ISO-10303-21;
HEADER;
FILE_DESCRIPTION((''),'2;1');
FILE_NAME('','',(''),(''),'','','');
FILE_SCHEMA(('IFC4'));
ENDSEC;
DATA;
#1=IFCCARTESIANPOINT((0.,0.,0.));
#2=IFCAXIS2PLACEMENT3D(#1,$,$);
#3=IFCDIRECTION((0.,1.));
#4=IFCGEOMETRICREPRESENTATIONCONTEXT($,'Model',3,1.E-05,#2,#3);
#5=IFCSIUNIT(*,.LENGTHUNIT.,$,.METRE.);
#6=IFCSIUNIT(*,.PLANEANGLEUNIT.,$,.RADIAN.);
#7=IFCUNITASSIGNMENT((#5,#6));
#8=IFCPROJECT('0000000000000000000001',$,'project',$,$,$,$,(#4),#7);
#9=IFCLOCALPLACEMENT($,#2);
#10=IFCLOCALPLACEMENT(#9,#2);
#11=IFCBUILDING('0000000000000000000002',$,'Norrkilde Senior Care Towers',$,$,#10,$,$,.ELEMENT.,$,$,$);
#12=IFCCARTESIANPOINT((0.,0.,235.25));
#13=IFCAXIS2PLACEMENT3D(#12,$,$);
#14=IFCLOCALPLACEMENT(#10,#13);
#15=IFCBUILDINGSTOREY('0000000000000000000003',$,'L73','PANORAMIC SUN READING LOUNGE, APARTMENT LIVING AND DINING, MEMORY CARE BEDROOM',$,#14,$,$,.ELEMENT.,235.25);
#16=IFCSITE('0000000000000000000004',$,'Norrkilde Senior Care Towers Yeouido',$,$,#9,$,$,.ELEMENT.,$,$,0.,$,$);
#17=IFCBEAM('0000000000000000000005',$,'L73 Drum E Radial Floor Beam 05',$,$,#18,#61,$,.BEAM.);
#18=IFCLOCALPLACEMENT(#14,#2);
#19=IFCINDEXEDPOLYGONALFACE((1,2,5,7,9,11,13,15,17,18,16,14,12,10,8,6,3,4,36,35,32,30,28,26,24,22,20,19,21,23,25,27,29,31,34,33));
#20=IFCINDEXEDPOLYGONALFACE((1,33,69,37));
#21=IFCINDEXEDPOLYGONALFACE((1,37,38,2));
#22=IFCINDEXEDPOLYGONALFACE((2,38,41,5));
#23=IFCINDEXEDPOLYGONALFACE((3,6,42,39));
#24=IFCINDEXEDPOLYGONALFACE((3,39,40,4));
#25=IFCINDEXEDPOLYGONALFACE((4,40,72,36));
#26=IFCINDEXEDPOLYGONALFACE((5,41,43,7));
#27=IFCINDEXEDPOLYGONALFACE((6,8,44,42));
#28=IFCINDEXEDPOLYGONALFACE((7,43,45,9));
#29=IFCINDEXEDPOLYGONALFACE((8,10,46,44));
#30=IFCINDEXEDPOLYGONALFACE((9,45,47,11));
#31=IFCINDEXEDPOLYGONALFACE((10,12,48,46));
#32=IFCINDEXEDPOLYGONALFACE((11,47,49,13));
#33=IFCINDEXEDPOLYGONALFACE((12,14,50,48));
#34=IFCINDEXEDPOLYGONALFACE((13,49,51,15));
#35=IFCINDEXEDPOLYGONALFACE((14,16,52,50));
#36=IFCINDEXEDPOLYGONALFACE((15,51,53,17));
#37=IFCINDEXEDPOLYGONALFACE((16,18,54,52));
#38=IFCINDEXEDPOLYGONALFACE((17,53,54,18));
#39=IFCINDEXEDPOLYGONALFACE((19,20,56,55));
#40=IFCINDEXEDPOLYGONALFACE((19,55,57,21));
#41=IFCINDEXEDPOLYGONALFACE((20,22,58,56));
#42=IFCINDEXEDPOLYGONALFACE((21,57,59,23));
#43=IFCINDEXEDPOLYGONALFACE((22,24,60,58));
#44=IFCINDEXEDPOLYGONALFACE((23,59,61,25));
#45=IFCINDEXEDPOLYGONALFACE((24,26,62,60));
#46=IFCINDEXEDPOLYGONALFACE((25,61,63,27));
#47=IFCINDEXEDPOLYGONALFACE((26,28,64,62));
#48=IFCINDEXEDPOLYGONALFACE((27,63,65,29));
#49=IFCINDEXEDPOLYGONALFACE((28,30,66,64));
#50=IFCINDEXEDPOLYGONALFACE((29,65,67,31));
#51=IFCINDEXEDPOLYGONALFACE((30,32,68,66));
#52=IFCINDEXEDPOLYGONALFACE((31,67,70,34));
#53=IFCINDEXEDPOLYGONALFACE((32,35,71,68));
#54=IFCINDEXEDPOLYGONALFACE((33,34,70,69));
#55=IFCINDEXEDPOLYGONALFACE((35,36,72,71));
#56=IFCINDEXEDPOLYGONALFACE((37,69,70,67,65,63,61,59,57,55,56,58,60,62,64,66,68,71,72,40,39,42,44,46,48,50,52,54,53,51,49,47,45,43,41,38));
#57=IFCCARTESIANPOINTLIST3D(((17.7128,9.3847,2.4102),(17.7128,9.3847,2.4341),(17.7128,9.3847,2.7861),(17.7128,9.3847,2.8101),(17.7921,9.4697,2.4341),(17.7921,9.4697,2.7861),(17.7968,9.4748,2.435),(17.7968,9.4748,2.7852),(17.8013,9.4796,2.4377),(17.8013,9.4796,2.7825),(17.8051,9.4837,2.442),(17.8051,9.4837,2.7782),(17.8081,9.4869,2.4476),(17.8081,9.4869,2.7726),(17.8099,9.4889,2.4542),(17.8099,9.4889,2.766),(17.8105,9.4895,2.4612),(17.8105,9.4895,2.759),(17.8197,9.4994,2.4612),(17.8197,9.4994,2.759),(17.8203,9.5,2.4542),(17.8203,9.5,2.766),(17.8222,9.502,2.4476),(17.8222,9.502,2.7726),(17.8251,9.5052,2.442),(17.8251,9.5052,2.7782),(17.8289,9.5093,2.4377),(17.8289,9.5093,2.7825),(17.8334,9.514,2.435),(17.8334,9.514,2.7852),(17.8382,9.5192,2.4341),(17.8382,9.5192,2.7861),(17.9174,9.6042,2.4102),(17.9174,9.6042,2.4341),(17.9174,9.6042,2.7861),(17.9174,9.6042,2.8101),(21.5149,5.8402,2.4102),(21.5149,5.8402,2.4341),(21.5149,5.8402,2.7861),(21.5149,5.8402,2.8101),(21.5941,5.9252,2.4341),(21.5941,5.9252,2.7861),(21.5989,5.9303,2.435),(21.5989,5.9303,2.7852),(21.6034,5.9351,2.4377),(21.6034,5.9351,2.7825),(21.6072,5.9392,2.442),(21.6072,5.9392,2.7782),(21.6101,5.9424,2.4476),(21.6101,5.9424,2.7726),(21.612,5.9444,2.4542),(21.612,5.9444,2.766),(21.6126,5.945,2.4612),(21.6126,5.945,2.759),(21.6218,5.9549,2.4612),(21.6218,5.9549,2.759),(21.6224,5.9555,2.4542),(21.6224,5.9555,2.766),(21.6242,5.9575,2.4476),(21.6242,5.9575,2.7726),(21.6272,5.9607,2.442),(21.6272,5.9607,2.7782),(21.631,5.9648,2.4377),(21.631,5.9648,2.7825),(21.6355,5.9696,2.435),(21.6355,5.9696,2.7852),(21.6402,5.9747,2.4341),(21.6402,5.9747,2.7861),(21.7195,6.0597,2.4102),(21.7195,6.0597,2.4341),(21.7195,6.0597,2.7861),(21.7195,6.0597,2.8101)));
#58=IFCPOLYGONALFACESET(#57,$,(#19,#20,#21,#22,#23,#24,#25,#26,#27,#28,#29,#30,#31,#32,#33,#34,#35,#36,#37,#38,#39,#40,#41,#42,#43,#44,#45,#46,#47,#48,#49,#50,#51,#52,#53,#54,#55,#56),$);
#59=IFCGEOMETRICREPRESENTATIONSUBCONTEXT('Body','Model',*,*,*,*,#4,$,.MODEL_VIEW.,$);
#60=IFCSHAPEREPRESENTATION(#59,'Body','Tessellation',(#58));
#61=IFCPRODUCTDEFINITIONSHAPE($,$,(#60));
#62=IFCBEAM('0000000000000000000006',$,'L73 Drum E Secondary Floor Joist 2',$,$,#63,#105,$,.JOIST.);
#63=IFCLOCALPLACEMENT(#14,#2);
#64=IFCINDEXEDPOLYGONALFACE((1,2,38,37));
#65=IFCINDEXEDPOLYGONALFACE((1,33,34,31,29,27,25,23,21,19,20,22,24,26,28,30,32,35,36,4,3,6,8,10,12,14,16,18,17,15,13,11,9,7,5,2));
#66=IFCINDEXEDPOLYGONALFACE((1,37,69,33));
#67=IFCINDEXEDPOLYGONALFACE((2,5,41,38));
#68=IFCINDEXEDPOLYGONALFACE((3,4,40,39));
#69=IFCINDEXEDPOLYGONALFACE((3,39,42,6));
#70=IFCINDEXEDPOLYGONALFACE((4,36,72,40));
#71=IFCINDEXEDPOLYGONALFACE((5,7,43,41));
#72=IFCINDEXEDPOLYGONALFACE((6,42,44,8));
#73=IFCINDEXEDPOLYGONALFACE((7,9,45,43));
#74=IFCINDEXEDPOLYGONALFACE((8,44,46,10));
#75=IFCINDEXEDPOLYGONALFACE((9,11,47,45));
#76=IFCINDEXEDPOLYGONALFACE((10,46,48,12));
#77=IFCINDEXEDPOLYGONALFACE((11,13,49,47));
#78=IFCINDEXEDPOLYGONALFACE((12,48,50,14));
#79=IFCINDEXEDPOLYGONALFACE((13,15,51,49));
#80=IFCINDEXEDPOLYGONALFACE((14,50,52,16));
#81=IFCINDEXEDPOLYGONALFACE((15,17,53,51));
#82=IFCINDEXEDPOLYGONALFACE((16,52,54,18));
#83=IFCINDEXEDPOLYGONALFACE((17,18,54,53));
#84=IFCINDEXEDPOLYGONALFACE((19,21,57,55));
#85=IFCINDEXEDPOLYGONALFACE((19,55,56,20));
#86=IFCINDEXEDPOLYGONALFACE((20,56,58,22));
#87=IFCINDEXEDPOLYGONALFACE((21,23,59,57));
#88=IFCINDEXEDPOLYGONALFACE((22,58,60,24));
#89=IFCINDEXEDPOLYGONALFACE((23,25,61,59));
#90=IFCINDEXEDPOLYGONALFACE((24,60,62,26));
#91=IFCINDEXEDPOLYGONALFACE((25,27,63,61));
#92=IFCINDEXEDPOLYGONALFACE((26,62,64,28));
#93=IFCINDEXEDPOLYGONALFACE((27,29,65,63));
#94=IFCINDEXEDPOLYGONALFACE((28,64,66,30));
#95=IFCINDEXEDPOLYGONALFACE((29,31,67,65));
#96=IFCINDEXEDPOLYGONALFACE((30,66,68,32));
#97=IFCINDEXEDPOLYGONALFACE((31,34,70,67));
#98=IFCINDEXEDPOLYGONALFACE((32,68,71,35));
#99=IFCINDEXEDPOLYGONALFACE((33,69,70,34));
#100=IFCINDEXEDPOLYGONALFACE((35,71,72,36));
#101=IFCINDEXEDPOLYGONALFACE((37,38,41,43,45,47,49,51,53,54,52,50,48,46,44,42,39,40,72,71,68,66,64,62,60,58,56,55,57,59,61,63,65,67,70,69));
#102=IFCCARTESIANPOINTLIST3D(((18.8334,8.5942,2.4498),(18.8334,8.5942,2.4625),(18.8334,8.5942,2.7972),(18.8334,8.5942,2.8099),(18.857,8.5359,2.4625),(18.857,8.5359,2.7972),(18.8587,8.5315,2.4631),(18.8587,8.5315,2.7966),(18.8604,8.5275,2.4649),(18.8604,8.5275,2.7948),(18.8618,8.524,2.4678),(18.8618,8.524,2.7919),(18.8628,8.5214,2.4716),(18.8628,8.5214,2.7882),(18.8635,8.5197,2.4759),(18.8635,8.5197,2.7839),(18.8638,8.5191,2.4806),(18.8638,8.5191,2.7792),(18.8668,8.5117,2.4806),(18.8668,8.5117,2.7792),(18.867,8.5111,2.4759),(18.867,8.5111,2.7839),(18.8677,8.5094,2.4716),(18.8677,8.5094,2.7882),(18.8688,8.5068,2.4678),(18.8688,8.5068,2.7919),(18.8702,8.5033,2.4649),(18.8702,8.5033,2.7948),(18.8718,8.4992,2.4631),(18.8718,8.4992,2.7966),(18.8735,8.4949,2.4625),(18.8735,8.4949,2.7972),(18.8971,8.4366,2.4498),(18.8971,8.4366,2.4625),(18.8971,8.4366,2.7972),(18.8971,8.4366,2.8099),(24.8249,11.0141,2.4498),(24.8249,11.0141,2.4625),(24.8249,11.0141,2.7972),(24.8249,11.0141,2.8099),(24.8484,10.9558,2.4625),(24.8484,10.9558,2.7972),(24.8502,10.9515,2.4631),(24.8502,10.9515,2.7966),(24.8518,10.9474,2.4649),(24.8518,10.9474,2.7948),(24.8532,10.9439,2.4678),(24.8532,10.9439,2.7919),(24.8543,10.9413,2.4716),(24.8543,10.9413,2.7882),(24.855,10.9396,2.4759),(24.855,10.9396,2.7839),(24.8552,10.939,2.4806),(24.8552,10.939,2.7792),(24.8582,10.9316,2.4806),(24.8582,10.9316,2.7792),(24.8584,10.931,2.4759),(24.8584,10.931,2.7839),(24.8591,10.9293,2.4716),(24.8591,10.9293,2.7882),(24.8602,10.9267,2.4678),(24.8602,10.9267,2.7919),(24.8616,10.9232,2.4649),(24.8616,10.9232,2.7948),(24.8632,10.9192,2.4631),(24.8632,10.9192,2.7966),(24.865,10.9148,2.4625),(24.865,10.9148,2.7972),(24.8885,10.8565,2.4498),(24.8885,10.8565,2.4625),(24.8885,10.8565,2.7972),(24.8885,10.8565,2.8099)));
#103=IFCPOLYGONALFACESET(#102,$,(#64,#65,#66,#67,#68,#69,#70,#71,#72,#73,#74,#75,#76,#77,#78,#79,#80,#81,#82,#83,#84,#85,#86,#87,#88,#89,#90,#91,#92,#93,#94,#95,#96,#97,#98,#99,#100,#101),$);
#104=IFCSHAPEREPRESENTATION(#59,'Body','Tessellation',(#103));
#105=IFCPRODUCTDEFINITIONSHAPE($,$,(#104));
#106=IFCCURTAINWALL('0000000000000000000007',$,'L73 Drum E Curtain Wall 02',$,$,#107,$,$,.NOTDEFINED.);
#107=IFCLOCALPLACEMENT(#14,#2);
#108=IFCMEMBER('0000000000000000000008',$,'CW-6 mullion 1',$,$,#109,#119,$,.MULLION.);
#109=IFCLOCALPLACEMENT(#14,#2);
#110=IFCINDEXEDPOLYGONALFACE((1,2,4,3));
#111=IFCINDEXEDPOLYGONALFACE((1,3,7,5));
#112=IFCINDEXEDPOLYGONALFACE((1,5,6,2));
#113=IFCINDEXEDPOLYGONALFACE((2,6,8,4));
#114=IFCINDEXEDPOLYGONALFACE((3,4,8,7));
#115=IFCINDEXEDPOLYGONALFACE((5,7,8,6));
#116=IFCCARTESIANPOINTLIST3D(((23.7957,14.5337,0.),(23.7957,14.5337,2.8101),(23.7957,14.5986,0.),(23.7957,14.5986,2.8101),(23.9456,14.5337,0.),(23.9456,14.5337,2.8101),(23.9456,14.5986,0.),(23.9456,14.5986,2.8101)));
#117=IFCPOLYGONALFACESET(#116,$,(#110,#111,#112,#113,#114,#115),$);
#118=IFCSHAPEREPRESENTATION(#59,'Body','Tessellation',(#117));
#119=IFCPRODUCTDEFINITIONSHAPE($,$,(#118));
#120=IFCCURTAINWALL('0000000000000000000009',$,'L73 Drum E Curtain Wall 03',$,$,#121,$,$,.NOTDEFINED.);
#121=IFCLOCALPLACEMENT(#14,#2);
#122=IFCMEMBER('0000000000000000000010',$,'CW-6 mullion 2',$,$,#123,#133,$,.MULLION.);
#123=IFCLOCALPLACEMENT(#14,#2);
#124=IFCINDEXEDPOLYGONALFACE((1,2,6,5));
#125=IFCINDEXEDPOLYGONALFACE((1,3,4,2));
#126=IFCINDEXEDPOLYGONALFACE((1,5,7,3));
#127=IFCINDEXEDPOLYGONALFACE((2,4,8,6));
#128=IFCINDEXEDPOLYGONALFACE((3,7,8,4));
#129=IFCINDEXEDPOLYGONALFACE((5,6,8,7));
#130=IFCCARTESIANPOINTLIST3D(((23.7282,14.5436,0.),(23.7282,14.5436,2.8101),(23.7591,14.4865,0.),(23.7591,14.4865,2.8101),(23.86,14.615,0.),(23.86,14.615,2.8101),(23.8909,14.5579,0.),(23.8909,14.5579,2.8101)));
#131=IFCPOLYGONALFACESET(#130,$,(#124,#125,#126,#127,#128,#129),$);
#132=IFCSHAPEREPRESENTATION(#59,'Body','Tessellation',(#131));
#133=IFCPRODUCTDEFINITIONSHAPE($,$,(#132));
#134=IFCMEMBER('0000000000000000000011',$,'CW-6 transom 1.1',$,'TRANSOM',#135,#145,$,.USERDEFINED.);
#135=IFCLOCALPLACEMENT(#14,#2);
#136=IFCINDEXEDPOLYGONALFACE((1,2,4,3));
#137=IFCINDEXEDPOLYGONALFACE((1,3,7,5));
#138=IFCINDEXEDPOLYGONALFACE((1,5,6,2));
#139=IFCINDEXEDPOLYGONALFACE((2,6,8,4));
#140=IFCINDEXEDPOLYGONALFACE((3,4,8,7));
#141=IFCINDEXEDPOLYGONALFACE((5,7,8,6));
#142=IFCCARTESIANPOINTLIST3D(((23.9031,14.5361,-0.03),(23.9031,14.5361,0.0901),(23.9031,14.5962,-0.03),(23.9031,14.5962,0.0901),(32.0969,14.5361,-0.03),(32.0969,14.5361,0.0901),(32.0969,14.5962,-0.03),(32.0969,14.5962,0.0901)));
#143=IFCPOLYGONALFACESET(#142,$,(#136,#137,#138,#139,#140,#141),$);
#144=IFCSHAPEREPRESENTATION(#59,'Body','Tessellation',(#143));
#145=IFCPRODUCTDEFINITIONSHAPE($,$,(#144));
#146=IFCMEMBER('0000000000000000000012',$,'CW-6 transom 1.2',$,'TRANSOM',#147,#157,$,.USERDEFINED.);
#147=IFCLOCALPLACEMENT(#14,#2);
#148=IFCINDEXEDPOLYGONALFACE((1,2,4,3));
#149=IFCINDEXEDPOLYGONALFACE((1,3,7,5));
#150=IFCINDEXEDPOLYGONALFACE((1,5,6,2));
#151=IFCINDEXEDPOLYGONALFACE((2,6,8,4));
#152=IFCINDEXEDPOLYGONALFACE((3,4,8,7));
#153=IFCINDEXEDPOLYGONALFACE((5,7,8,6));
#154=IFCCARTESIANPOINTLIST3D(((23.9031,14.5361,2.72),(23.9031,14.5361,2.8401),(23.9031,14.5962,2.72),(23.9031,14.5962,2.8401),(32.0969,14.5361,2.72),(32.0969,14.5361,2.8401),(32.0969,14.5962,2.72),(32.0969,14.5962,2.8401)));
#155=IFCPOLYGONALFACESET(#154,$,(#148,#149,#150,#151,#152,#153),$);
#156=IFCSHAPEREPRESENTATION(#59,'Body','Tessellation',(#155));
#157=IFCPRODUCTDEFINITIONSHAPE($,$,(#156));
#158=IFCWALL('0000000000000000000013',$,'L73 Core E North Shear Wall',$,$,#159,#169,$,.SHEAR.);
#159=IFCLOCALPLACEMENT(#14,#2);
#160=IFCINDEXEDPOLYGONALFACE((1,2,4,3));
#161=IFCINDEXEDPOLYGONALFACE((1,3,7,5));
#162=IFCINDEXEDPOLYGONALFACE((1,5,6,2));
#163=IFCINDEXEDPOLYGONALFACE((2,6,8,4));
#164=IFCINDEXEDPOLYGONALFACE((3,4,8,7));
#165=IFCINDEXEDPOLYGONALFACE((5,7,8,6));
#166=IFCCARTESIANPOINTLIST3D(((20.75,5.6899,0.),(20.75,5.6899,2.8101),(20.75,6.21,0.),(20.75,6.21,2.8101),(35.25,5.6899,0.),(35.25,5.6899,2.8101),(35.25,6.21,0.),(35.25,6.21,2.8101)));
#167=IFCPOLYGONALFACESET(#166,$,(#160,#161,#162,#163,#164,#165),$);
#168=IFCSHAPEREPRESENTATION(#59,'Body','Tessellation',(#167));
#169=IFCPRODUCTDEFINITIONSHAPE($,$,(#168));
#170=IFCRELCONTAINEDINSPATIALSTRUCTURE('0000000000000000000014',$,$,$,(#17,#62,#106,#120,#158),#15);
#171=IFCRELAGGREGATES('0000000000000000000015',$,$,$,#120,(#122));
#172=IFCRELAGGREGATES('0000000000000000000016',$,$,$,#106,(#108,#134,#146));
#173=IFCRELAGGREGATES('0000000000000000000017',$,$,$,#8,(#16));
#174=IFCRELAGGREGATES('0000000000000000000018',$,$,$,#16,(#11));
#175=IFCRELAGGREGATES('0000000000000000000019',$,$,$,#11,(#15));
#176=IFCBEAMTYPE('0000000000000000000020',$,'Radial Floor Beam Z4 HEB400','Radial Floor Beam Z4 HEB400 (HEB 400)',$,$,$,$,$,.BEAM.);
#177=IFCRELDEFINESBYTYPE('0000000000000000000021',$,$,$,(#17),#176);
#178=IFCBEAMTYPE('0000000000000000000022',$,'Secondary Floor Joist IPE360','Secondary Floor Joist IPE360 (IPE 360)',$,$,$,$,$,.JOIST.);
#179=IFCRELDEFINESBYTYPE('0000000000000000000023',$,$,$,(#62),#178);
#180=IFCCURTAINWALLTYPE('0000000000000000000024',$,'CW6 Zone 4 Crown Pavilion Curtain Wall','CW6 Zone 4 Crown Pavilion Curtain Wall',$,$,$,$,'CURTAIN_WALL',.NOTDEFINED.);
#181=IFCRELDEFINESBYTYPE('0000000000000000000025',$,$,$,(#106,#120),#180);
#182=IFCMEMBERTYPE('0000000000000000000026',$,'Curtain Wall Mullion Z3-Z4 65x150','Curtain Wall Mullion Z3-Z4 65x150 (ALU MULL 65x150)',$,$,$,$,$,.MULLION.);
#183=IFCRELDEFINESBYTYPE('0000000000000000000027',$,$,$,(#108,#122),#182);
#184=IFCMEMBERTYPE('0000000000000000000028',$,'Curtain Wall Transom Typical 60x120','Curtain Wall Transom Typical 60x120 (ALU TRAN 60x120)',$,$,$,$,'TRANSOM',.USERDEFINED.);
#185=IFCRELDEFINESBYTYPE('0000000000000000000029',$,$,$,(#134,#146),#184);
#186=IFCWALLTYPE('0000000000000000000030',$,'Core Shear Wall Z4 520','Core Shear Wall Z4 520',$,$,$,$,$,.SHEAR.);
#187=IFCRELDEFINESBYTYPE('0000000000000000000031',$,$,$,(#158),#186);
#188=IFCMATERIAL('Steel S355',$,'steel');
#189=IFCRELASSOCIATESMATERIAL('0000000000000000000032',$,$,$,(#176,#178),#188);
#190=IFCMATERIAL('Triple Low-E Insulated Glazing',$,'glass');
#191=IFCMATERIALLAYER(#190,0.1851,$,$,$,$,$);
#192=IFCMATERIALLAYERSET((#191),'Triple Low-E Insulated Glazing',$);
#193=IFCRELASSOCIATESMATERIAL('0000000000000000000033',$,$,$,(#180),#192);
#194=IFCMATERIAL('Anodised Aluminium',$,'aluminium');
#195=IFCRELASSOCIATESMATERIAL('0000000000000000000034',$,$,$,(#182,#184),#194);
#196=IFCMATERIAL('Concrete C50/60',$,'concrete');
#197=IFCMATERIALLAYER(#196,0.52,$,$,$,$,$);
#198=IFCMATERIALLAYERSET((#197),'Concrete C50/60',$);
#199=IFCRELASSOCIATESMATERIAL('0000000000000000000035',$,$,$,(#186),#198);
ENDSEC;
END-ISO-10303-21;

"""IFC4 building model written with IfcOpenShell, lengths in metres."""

from ifc_helpers import new_model, si_unit, direction, frame, frame_2d, origin, origin_2d, place, context, subcontext, project, spatial, rectangle, i_section, extrude, source, transform, mapped, material, layer, layer_set, material_profile, profile_set, type_object, type_shapes, element, aggregate, save


model = new_model("IFC4")

# Units and contexts
model_context = context("Model", 3, precision=1e-05, world=origin(), true_north=direction((0.0, 1.0)))
body_context = subcontext(model_context, "Body", "Model", "MODEL_VIEW")
ifc_project = project(units=[si_unit("LENGTHUNIT", "METRE"), si_unit("PLANEANGLEUNIT", "RADIAN")], contexts=[model_context])

# Site, building, storey
site_placement = place(None, origin())
site = spatial("IfcSite", under=ifc_project, at=site_placement, Name="Norrkilde Senior Care Towers Yeouido", CompositionType="ELEMENT", RefElevation=0.0)
building_placement = place(site_placement, origin())
building = spatial("IfcBuilding", under=site, at=building_placement, Name="Norrkilde Senior Care Towers", CompositionType="ELEMENT")
storey_placement = place(building_placement, frame((0.0, 0.0, 235.25)))
storey = spatial("IfcBuildingStorey", under=building, at=storey_placement, Name="L73", Description="PANORAMIC SUN READING LOUNGE, APARTMENT LIVING AND DINING, MEMORY CARE BEDROOM", CompositionType="ELEMENT", Elevation=235.25)

# Shared definitions
ifc_material_1 = material(Name="Concrete C50/60", Category="concrete")

# Beams
ifc_material_2 = material(Name="Steel S355", Category="steel")
ifc_material_profile_1 = material_profile(ifc_material_2, i_section(OverallWidth=0.3, OverallDepth=0.3999, WebThickness=0.0134, FlangeThickness=0.0239, FilletRadius=0.0271, at=origin_2d()), Name="HEB 400")
ifc_profile_set_1 = profile_set([ifc_material_profile_1], Name="Steel S355")
beam_type_1 = type_object("IfcBeamType", Name="Radial Floor Beam Z4 HEB400", Description="Radial Floor Beam Z4 HEB400 (HEB 400)", PredefinedType="BEAM", material=ifc_profile_set_1)
shared_shape_1 = source(origin(), body_context, "Body", "SweptSolid", [
    extrude(i_section(OverallWidth=0.3, OverallDepth=0.3999, WebThickness=0.0134, FlangeThickness=0.0239, FilletRadius=0.0271, at=origin_2d()), origin(), (0.0, 0.0, 1.0), 5.198),
])
beam_1_placement = place(storey_placement, frame((21.6172, 5.95, 2.6101), z_axis=(-0.731449, 0.681896, 0.0), x_axis=(-0.681896, -0.731449, 0.0)))
element("IfcBeam", 1, at=beam_1_placement, inside=storey, type_object=beam_type_1, Name="L73 Drum E Radial Floor Beam 05", PredefinedType="BEAM", context=body_context, shape_type="MappedRepresentation", body=[
    mapped(shared_shape_1, transform((0.0, 0.0, 0.0), x_axis=(1.0, 0.0, 0.0), y_axis=(0.0, 1.0, 0.0), z_axis=(0.0, 0.0, 1.0), scale=1.0)),
])
ifc_material_profile_2 = material_profile(ifc_material_2, i_section(OverallWidth=0.1699, OverallDepth=0.3601, WebThickness=0.0081, FlangeThickness=0.0127, FilletRadius=0.0181, at=origin_2d()), Name="IPE 360")
ifc_profile_set_2 = profile_set([ifc_material_profile_2], Name="Steel S355")
beam_type_2 = type_object("IfcBeamType", Name="Secondary Floor Joist IPE360", Description="Secondary Floor Joist IPE360 (IPE 360)", PredefinedType="JOIST", material=ifc_profile_set_2)
shared_shape_2 = source(origin(), body_context, "Body", "SweptSolid", [
    extrude(i_section(OverallWidth=0.1699, OverallDepth=0.3601, WebThickness=0.0081, FlangeThickness=0.0127, FilletRadius=0.0181, at=origin_2d()), origin(), (0.0, 0.0, 1.0), 6.4617),
])
type_shapes(beam_type_2, [shared_shape_2])
beam_2_placement = place(storey_placement, frame((24.8567, 10.9353, 2.6299), z_axis=(-0.927226, -0.374502, 0.0), x_axis=(0.374502, -0.927226, 0.0)))
element("IfcBeam", 2, at=beam_2_placement, inside=storey, type_object=beam_type_2, Name="L73 Drum E Secondary Floor Joist 2", PredefinedType="JOIST", context=body_context, shape_type="MappedRepresentation", body=[
    mapped(shared_shape_2, transform((0.0, 0.0, 0.0), x_axis=(1.0, 0.0, 0.0), y_axis=(0.0, 1.0, 0.0), z_axis=(0.0, 0.0, 1.0), scale=1.0)),
])

# Curtain walls, members
ifc_material_3 = material(Name="Triple Low-E Insulated Glazing", Category="glass")
ifc_layer_1 = layer(ifc_material_3, 0.1851)
ifc_layer_set_1 = layer_set([ifc_layer_1], Name="Triple Low-E Insulated Glazing")
curtain_wall_type = type_object("IfcCurtainWallType", Name="CW6 Zone 4 Crown Pavilion Curtain Wall", Description="CW6 Zone 4 Crown Pavilion Curtain Wall", ElementType="CURTAIN_WALL", PredefinedType="NOTDEFINED", material=ifc_layer_set_1)
curtain_wall_1_placement = place(storey_placement, origin())
curtain_wall_1 = element("IfcCurtainWall", 3, at=curtain_wall_1_placement, inside=storey, type_object=curtain_wall_type, Name="L73 Drum E Curtain Wall 02", PredefinedType="NOTDEFINED")
ifc_material_4 = material(Name="Anodised Aluminium", Category="aluminium")
ifc_material_profile_3 = material_profile(ifc_material_4, rectangle(XDim=0.0649, YDim=0.1499, at=origin_2d()), Name="ALU MULL 65x150")
ifc_profile_set_3 = profile_set([ifc_material_profile_3], Name="Anodised Aluminium")
member_type_1 = type_object("IfcMemberType", Name="Curtain Wall Mullion Z3-Z4 65x150", Description="Curtain Wall Mullion Z3-Z4 65x150 (ALU MULL 65x150)", PredefinedType="MULLION", material=ifc_profile_set_3)
shared_shape_3 = source(origin(), body_context, "Body", "SweptSolid", [
    extrude(rectangle(XDim=0.0649, YDim=0.1499, at=origin_2d()), origin(), (0.0, 0.0, 1.0), 2.8101),
])
type_shapes(member_type_1, [shared_shape_3])
member_1_placement = place(storey_placement, frame((23.8706, 14.5662, 0.0), z_axis=(0.0, 0.0, 1.0), x_axis=(0.0, 1.0, 0.0)))
member_1 = element("IfcMember", 4, at=member_1_placement, type_object=member_type_1, Name="CW-6 mullion 1", PredefinedType="MULLION", context=body_context, shape_type="MappedRepresentation", body=[
    mapped(shared_shape_3, transform((0.0, 0.0, 0.0), x_axis=(1.0, 0.0, 0.0), y_axis=(0.0, 1.0, 0.0), z_axis=(0.0, 0.0, 1.0), scale=1.0)),
])
curtain_wall_2_placement = place(storey_placement, origin())
curtain_wall_2 = element("IfcCurtainWall", 5, at=curtain_wall_2_placement, inside=storey, type_object=curtain_wall_type, Name="L73 Drum E Curtain Wall 03", PredefinedType="NOTDEFINED")
member_2_placement = place(storey_placement, frame((23.8096, 14.5508, 0.0), z_axis=(0.0, 0.0, 1.0), x_axis=(-0.476133, 0.879373, 0.0)))
member_2 = element("IfcMember", 6, at=member_2_placement, type_object=member_type_1, Name="CW-6 mullion 2", PredefinedType="MULLION", context=body_context, shape_type="MappedRepresentation", body=[
    mapped(shared_shape_3, transform((0.0, 0.0, 0.0), x_axis=(1.0, 0.0, 0.0), y_axis=(0.0, 1.0, 0.0), z_axis=(0.0, 0.0, 1.0), scale=1.0)),
])
aggregate(curtain_wall_2, [member_2])

# Members
ifc_material_profile_4 = material_profile(ifc_material_4, rectangle(XDim=0.0601, YDim=0.1201, at=origin_2d()), Name="ALU TRAN 60x120")
ifc_profile_set_4 = profile_set([ifc_material_profile_4], Name="Anodised Aluminium")
member_type_2 = type_object("IfcMemberType", Name="Curtain Wall Transom Typical 60x120", Description="Curtain Wall Transom Typical 60x120 (ALU TRAN 60x120)", ElementType="TRANSOM", PredefinedType="USERDEFINED", material=ifc_profile_set_4)
shared_shape_4 = source(origin(), body_context, "Body", "SweptSolid", [
    extrude(rectangle(XDim=0.0601, YDim=0.1201, at=origin_2d()), origin(), (0.0, 0.0, 1.0), 8.1938),
])
type_shapes(member_type_2, [shared_shape_4])
member_3_placement = place(storey_placement, frame((23.9031, 14.5662, 0.03), z_axis=(1.0, 0.0, 0.0), x_axis=(0.0, 1.0, 0.0)))
member_3 = element("IfcMember", 7, at=member_3_placement, type_object=member_type_2, Name="CW-6 transom 1.1", ObjectType="TRANSOM", PredefinedType="USERDEFINED", context=body_context, shape_type="MappedRepresentation", body=[
    mapped(shared_shape_4, transform((0.0, 0.0, 0.0), x_axis=(1.0, 0.0, 0.0), y_axis=(0.0, 1.0, 0.0), z_axis=(0.0, 0.0, 1.0), scale=1.0)),
])
member_4_placement = place(storey_placement, frame((23.9031, 14.5662, 2.78), z_axis=(1.0, 0.0, 0.0), x_axis=(0.0, 1.0, 0.0)))
member_4 = element("IfcMember", 8, at=member_4_placement, type_object=member_type_2, Name="CW-6 transom 1.2", ObjectType="TRANSOM", PredefinedType="USERDEFINED", context=body_context, shape_type="MappedRepresentation", body=[
    mapped(shared_shape_4, transform((0.0, 0.0, 0.0), x_axis=(1.0, 0.0, 0.0), y_axis=(0.0, 1.0, 0.0), z_axis=(0.0, 0.0, 1.0), scale=1.0)),
])
aggregate(curtain_wall_1, [member_1, member_3, member_4])

# Wall
ifc_layer_2 = layer(ifc_material_1, 0.52)
ifc_layer_set_2 = layer_set([ifc_layer_2], Name="Concrete C50/60")
wall_type_1 = type_object("IfcWallType", Name="Core Shear Wall Z4 520", Description="Core Shear Wall Z4 520", PredefinedType="SHEAR", material=ifc_layer_set_2)
shared_shape_5 = source(origin(), body_context, "Body", "SweptSolid", [
    extrude(rectangle(XDim=14.5, YDim=0.52, at=frame_2d((7.25, 0.0))), origin(), (0.0, 0.0, 1.0), 2.8101),
])
type_shapes(wall_type_1, [shared_shape_5])
wall_1_placement = place(storey_placement, frame((20.75, 5.95, 0.0), z_axis=(0.0, 0.0, 1.0), x_axis=(1.0, 0.0, 0.0)))
element("IfcWall", 9, at=wall_1_placement, inside=storey, type_object=wall_type_1, Name="L73 Core E North Shear Wall", PredefinedType="SHEAR", context=body_context, shape_type="MappedRepresentation", body=[
    mapped(shared_shape_5, transform((0.0, 0.0, 0.0), x_axis=(1.0, 0.0, 0.0), y_axis=(0.0, 1.0, 0.0), z_axis=(0.0, 0.0, 1.0), scale=1.0)),
])

save(model, "model.ifc")
